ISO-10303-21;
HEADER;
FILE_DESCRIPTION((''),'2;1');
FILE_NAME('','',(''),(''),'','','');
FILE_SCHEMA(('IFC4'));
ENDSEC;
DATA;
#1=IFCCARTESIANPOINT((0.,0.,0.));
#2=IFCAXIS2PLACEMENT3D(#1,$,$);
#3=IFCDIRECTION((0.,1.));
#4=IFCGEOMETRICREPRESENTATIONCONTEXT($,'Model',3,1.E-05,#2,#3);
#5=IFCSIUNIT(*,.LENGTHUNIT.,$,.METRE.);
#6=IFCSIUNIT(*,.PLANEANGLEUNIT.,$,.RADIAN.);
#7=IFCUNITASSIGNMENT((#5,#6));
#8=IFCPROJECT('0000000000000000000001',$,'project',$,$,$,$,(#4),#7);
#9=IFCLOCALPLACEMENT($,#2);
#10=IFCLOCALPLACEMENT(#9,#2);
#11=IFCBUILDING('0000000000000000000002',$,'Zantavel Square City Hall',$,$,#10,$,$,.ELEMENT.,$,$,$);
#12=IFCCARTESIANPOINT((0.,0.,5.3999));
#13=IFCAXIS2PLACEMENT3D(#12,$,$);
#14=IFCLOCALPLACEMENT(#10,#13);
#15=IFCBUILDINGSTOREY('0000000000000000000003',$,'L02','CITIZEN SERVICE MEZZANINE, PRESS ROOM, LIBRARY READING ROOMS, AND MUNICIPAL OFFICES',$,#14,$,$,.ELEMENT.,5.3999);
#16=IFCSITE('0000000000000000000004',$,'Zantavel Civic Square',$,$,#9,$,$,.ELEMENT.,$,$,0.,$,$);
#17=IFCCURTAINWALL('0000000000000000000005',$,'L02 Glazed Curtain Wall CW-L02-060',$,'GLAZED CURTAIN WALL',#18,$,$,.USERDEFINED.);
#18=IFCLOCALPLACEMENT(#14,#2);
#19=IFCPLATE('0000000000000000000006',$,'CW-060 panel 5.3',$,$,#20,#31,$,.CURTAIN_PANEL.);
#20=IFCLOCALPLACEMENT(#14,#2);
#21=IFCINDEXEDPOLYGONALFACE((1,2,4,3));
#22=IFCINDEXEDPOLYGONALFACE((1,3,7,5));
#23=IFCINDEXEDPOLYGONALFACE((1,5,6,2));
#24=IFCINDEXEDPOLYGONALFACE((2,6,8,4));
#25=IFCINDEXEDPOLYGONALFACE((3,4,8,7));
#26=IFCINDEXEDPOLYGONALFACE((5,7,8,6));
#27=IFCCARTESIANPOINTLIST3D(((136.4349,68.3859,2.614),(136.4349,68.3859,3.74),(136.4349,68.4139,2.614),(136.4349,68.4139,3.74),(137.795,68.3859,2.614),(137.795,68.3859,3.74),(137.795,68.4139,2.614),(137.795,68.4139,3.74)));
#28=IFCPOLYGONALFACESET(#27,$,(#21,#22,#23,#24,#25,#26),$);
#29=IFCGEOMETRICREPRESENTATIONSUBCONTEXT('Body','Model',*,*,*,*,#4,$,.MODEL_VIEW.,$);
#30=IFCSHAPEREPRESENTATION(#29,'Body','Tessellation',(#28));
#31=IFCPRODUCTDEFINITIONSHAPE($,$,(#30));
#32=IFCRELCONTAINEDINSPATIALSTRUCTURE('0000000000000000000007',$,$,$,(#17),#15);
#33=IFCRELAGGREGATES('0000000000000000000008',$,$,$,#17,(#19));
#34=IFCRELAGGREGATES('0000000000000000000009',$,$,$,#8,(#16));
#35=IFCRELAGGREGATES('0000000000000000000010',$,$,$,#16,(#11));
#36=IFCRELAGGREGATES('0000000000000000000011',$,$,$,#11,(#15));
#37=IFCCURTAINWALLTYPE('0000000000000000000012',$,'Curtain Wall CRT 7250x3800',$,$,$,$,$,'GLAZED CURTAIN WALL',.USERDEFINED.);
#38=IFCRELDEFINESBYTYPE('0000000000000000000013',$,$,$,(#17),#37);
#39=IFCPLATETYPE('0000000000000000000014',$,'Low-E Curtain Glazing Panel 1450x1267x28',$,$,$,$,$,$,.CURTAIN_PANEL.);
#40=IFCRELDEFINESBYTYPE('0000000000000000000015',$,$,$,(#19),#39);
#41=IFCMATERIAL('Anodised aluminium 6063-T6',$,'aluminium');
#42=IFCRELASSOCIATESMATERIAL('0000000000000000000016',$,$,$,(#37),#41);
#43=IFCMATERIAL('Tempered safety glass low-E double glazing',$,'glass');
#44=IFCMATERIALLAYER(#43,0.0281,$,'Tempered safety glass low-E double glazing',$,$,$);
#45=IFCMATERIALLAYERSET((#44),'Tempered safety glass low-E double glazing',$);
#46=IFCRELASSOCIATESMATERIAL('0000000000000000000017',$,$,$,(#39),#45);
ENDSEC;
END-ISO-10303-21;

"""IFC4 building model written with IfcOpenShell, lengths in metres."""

from ifc_helpers import new_model, si_unit, direction, frame, origin, origin_2d, place, context, subcontext, project, spatial, rectangle, extrude, material, layer, layer_set, type_object, element, aggregate, save


model = new_model("IFC4")

# Units and contexts
model_context = context("Model", 3, precision=1e-05, world=origin(), true_north=direction((0.0, 1.0)))
body_context = subcontext(model_context, "Body", "Model", "MODEL_VIEW")
ifc_project = project(units=[si_unit("LENGTHUNIT", "METRE"), si_unit("PLANEANGLEUNIT", "RADIAN")], contexts=[model_context])

# Site, building, storey
site_placement = place(None, origin())
site = spatial("IfcSite", under=ifc_project, at=site_placement, Name="Zantavel Civic Square", CompositionType="ELEMENT", RefElevation=0.0)
building_placement = place(site_placement, origin())
building = spatial("IfcBuilding", under=site, at=building_placement, Name="Zantavel Square City Hall", CompositionType="ELEMENT")
storey_placement = place(building_placement, frame((0.0, 0.0, 5.3999)))
storey = spatial("IfcBuildingStorey", under=building, at=storey_placement, Name="L02", Description="CITIZEN SERVICE MEZZANINE, PRESS ROOM, LIBRARY READING ROOMS, AND MUNICIPAL OFFICES", CompositionType="ELEMENT", Elevation=5.3999)

# Curtain wall
ifc_material_1 = material(Name="Anodised aluminium 6063-T6", Category="aluminium")
curtain_wall_type = type_object("IfcCurtainWallType", Name="Curtain Wall CRT 7250x3800", ElementType="GLAZED CURTAIN WALL", PredefinedType="USERDEFINED", material=ifc_material_1)
curtain_wall_1_placement = place(storey_placement, origin())
curtain_wall_1 = element("IfcCurtainWall", 1, at=curtain_wall_1_placement, inside=storey, type_object=curtain_wall_type, Name="L02 Glazed Curtain Wall CW-L02-060", ObjectType="GLAZED CURTAIN WALL", PredefinedType="USERDEFINED")

# Plate
ifc_material_2 = material(Name="Tempered safety glass low-E double glazing", Category="glass")
ifc_layer = layer(ifc_material_2, 0.0281, Name="Tempered safety glass low-E double glazing")
ifc_layer_set = layer_set([ifc_layer], Name="Tempered safety glass low-E double glazing")
plate_type = type_object("IfcPlateType", Name="Low-E Curtain Glazing Panel 1450x1267x28", PredefinedType="CURTAIN_PANEL", material=ifc_layer_set)
plate_1_placement = place(storey_placement, frame((137.115, 68.3999, 2.614), z_axis=(0.0, 0.0, 1.0), x_axis=(-1.0, 0.0, 0.0)))
plate_1 = element("IfcPlate", 2, at=plate_1_placement, type_object=plate_type, Name="CW-060 panel 5.3", PredefinedType="CURTAIN_PANEL", context=body_context, shape_type="SweptSolid", body=[
    extrude(rectangle(XDim=1.3601, YDim=0.0281, at=origin_2d()), origin(), (0.0, 0.0, 1.0), 1.126),
])
aggregate(curtain_wall_1, [plate_1])

save(model, "model.ifc")
